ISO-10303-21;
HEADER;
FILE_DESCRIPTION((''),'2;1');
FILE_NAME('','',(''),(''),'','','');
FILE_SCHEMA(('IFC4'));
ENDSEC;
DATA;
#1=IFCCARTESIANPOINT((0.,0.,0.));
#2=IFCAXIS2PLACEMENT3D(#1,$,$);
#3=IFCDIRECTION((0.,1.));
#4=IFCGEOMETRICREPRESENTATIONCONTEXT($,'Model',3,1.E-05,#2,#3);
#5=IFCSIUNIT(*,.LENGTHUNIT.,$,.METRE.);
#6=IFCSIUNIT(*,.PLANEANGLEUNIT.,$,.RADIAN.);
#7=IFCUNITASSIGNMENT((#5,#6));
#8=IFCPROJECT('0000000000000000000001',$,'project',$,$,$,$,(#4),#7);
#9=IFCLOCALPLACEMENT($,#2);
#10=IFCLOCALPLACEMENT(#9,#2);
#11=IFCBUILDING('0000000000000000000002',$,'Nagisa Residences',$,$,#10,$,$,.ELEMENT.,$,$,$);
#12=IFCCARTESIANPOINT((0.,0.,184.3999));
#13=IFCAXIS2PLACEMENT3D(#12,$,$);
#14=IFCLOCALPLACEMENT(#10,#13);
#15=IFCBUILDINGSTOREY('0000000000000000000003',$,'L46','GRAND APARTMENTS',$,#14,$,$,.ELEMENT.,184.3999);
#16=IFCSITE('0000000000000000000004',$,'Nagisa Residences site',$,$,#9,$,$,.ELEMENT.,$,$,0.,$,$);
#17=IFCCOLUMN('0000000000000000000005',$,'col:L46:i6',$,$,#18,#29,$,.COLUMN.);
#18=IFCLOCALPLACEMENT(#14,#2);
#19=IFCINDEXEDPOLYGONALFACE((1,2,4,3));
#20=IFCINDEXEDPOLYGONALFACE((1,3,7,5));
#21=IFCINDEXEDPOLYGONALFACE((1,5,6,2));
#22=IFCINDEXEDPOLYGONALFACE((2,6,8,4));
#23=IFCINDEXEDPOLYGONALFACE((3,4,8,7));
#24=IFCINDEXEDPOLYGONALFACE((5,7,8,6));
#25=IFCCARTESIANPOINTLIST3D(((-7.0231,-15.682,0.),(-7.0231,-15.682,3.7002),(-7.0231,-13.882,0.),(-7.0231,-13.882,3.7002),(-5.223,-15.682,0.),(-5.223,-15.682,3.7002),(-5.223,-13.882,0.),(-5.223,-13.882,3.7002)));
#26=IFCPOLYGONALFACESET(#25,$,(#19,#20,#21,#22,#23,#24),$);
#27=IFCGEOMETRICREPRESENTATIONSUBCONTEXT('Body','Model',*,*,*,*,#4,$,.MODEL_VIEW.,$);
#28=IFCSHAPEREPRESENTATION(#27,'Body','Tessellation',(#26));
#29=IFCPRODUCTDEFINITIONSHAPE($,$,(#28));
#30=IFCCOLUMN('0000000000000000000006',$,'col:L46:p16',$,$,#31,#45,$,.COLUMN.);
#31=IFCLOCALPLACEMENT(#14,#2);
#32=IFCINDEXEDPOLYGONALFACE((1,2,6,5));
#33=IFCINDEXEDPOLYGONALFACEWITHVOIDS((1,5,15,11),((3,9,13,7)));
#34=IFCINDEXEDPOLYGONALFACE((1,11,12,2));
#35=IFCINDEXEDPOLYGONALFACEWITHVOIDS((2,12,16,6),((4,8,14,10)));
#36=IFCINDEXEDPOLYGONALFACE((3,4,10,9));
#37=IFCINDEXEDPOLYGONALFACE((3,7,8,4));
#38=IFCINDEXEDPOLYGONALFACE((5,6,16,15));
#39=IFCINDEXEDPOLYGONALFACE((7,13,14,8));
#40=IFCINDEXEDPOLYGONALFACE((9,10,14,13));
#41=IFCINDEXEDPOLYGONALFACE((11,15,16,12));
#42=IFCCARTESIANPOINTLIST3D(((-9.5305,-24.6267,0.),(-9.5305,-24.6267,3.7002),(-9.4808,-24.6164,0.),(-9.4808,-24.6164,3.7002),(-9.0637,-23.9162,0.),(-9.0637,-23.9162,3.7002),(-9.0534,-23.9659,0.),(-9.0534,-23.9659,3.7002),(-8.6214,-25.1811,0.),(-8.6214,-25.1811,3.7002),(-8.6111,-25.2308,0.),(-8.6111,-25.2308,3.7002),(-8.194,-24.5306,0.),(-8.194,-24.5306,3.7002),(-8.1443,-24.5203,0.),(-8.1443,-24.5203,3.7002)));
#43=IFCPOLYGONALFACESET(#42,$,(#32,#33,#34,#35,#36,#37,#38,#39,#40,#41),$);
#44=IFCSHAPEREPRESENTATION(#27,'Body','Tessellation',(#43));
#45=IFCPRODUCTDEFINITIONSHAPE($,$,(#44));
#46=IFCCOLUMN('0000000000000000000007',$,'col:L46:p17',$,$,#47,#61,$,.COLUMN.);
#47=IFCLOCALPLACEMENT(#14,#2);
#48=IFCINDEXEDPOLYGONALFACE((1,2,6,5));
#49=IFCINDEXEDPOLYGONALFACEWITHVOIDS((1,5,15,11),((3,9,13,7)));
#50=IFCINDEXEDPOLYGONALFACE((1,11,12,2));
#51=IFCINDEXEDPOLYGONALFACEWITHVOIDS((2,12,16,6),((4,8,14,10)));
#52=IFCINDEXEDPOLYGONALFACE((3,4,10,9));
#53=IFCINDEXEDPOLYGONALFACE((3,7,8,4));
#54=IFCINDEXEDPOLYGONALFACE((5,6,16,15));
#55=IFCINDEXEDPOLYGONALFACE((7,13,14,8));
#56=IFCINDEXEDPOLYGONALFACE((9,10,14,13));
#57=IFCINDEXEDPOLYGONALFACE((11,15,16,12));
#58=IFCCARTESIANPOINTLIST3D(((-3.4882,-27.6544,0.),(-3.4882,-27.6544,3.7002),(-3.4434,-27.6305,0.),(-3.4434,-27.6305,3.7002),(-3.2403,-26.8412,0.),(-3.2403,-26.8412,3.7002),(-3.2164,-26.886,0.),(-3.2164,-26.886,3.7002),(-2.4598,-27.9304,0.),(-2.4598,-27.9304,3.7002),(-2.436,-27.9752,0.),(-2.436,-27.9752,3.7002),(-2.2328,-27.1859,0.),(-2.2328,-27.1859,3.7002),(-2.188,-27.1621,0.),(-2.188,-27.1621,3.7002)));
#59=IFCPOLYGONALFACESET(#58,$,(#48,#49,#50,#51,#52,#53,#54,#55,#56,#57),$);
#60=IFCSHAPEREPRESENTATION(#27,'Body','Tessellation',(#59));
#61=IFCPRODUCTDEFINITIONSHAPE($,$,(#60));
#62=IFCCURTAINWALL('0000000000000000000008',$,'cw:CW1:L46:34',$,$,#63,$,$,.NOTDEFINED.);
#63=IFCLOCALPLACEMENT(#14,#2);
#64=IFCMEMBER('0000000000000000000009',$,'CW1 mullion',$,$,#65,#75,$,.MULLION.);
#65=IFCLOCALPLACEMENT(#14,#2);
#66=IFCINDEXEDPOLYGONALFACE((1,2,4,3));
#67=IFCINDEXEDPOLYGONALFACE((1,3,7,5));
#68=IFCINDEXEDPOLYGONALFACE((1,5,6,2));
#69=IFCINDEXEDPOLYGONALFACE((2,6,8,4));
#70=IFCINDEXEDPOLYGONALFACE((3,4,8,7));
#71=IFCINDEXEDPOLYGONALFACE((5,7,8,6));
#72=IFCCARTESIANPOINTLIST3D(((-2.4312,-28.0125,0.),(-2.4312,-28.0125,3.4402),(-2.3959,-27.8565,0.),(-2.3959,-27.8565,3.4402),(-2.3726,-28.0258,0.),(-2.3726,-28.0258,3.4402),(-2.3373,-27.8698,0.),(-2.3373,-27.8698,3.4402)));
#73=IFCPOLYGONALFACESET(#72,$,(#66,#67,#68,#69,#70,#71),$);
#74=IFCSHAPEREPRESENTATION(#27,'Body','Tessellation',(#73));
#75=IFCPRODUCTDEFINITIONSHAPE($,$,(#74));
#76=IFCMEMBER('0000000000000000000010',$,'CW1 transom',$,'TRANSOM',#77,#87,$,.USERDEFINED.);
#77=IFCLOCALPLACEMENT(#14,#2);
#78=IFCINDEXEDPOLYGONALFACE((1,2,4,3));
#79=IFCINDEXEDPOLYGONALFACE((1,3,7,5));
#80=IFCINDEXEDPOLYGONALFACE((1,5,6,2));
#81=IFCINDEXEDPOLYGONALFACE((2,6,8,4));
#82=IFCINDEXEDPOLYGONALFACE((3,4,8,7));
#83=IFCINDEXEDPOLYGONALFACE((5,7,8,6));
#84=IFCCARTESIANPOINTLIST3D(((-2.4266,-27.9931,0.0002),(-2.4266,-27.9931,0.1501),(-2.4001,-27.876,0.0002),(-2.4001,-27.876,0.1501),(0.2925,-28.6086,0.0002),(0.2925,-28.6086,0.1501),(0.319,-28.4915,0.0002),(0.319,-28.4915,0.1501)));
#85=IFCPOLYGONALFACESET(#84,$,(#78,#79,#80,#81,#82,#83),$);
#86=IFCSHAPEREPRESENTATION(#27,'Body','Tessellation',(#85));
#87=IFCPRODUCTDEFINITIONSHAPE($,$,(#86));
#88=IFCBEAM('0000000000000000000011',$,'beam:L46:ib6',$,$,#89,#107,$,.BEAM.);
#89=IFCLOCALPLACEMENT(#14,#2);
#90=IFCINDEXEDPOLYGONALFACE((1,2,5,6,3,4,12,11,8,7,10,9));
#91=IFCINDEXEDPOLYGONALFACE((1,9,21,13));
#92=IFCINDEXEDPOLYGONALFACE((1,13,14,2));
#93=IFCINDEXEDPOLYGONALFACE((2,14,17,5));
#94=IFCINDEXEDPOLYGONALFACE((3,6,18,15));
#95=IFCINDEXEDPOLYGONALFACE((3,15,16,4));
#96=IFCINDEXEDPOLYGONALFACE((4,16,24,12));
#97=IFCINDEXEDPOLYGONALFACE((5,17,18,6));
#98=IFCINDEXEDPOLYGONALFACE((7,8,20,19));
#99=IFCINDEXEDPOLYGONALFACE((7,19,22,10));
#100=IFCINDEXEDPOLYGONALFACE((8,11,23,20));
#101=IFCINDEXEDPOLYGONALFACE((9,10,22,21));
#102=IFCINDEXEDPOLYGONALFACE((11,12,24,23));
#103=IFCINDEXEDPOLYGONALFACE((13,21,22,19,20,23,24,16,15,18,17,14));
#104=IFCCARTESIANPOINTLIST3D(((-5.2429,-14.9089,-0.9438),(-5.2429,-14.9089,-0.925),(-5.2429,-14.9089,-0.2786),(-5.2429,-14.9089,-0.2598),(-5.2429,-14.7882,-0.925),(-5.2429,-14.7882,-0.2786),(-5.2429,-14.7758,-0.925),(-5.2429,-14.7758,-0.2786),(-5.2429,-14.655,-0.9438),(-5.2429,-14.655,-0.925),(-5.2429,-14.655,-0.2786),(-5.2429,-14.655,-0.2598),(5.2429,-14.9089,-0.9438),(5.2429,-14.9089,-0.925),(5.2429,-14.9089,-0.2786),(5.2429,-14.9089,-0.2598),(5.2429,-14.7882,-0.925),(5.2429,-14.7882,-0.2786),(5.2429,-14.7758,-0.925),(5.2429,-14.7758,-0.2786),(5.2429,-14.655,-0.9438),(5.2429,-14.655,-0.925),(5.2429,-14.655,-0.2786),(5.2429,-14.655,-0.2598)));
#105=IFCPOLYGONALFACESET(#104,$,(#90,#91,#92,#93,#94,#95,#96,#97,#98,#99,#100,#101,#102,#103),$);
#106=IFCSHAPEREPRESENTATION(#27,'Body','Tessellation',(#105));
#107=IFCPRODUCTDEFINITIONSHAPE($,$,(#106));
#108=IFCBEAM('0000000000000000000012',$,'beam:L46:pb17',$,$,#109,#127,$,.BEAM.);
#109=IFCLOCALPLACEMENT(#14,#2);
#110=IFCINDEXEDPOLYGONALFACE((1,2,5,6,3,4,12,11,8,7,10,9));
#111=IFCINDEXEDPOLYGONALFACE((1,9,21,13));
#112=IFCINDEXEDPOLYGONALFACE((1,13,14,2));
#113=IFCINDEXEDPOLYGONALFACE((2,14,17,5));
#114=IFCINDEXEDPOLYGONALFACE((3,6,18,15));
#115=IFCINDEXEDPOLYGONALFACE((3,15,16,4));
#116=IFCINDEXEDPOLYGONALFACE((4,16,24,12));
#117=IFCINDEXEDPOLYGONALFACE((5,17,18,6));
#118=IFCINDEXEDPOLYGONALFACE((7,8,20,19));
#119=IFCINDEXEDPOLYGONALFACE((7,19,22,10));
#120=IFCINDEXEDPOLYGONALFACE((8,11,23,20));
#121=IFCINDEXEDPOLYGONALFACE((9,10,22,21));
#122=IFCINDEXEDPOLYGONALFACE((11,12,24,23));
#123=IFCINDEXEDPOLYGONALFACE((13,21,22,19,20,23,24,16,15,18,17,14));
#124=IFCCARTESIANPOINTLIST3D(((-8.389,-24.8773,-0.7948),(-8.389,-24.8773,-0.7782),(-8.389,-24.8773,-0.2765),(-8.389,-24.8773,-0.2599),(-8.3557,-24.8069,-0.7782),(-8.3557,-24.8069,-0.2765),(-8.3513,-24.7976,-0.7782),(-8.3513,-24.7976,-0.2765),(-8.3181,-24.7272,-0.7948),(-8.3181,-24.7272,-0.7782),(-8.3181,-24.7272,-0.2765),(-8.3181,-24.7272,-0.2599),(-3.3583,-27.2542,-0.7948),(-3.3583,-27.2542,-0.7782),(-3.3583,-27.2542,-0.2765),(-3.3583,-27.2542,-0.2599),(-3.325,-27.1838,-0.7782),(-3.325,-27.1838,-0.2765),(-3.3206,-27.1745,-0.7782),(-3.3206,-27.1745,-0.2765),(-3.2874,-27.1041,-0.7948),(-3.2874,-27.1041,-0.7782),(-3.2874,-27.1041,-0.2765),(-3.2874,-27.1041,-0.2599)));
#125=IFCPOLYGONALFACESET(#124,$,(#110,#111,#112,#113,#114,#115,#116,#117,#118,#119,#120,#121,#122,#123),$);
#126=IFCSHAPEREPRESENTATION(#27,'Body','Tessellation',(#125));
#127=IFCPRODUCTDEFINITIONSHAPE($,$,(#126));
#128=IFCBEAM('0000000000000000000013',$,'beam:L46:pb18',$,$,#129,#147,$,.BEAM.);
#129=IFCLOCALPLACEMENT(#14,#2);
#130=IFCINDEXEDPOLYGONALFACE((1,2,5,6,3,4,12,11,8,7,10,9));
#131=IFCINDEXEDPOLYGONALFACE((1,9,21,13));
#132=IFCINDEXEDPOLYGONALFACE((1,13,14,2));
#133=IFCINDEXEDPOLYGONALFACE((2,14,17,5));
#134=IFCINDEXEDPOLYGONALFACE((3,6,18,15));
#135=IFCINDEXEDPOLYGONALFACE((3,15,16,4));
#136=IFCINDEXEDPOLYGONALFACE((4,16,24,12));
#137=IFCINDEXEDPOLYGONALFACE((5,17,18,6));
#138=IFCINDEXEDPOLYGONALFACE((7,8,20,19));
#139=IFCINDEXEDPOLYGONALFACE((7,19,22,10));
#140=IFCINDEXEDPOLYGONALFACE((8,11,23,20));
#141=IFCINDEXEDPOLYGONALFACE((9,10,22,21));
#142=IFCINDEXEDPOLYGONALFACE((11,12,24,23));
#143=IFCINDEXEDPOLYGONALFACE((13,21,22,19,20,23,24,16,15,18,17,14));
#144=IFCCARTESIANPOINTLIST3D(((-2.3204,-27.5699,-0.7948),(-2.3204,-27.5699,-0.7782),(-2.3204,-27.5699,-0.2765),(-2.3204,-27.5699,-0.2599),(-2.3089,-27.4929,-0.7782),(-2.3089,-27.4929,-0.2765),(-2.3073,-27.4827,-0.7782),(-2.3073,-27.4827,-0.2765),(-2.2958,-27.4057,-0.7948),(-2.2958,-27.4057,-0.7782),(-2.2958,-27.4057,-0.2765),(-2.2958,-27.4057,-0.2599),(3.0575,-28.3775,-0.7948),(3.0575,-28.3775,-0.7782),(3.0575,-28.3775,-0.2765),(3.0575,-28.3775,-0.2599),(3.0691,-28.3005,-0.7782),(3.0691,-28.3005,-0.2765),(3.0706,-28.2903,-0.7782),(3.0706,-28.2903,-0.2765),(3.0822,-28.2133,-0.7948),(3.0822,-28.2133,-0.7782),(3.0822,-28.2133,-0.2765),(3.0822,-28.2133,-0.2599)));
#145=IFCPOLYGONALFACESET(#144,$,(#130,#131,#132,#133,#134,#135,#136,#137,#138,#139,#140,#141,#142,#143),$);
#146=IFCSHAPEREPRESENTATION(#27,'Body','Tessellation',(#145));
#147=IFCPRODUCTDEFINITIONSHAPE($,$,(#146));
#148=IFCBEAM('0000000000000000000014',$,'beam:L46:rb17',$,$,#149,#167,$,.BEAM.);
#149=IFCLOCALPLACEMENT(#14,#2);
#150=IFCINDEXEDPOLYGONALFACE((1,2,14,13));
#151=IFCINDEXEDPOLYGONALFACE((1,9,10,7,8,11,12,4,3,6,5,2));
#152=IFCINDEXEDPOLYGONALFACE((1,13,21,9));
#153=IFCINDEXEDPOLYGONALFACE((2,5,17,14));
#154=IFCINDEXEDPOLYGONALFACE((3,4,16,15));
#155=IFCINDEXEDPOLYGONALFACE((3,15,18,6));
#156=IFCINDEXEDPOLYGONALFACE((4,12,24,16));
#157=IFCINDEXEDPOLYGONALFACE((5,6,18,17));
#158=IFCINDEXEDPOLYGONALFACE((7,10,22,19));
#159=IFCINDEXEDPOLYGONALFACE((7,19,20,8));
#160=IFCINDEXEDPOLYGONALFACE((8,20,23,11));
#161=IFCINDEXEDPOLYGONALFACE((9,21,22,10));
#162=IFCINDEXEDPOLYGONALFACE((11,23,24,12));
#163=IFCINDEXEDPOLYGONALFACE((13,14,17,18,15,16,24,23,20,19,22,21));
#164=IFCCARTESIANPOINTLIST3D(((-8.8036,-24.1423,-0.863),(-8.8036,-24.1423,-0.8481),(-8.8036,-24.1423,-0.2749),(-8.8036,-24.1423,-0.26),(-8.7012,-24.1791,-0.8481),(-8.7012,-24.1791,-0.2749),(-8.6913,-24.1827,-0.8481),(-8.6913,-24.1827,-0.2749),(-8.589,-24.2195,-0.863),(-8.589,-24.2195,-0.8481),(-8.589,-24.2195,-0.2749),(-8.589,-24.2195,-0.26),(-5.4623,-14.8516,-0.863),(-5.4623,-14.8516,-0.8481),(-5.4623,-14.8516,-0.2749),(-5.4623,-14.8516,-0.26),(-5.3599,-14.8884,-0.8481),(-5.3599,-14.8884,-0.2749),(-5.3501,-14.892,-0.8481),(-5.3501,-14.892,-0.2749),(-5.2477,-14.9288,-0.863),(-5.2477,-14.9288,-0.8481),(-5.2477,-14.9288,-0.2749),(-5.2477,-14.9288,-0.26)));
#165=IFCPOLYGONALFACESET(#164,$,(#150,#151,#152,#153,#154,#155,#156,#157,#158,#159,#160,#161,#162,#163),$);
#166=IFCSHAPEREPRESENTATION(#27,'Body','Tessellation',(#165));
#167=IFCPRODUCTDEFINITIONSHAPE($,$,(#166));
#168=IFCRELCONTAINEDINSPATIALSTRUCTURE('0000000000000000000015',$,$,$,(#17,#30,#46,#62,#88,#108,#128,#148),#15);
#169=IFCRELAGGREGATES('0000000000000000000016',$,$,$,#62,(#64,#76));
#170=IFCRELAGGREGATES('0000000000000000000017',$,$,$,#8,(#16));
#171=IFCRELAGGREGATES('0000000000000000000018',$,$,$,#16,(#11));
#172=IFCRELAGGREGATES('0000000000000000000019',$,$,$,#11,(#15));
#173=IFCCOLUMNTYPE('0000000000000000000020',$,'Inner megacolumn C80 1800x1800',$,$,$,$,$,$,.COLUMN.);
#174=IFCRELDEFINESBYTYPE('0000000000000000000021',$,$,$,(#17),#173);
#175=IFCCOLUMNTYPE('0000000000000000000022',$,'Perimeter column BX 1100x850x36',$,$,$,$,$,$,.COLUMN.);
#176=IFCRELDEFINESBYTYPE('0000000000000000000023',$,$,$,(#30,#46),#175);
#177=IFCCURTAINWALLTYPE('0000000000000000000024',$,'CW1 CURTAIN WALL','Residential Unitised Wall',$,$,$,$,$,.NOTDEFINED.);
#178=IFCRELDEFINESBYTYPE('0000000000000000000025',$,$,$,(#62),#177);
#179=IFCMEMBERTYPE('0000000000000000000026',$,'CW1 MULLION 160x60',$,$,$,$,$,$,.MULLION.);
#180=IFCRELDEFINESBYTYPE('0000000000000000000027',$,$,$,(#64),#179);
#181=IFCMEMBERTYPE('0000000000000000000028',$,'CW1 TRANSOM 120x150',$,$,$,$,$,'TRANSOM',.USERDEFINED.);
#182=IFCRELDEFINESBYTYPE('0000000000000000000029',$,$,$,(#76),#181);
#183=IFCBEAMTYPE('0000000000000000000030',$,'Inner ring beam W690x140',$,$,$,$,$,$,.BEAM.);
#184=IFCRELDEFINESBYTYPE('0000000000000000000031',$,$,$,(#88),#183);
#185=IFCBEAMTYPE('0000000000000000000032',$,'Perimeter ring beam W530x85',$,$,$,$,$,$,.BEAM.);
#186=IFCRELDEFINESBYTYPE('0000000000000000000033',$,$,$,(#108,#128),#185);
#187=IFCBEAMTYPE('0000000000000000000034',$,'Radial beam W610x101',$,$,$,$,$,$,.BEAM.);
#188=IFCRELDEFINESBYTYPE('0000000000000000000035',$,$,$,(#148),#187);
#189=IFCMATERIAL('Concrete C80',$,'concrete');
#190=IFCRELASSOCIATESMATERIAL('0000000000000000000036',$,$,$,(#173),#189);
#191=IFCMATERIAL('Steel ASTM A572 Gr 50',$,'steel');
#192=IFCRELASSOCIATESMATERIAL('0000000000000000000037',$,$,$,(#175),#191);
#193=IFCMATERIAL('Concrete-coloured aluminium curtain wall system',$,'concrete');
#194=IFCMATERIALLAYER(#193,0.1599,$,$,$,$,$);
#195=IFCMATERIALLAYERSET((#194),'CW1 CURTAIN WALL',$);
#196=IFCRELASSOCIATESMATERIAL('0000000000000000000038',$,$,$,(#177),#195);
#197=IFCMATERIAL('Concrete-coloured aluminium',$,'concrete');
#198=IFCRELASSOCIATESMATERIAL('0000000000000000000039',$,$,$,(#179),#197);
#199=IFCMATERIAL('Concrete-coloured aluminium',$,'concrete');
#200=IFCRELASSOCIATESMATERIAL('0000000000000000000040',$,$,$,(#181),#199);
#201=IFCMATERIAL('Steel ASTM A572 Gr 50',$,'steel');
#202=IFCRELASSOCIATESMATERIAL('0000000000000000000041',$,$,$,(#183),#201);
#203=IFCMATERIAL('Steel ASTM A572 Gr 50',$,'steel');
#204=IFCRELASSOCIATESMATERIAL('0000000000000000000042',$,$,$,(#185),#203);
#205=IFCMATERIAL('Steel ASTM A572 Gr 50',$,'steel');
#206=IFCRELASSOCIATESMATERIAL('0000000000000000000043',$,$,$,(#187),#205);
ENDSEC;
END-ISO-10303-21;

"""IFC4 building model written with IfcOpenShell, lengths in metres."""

from ifc_helpers import new_model, si_unit, direction, frame, origin, origin_2d, place, context, subcontext, project, spatial, rectangle, hollow_rectangle, i_section, extrude, material, layer, layer_set, material_profile, profile_set, type_object, element, aggregate, save


model = new_model("IFC4")

# Units and contexts
model_context = context("Model", 3, precision=1e-05, world=origin(), true_north=direction((0.0, 1.0)))
body_context = subcontext(model_context, "Body", "Model", "MODEL_VIEW")
ifc_project = project(units=[si_unit("LENGTHUNIT", "METRE"), si_unit("PLANEANGLEUNIT", "RADIAN")], contexts=[model_context])

# Site, building, storey
site_placement = place(None, origin())
site = spatial("IfcSite", under=ifc_project, at=site_placement, Name="Nagisa Residences site", CompositionType="ELEMENT", RefElevation=0.0)
building_placement = place(site_placement, origin())
building = spatial("IfcBuilding", under=site, at=building_placement, Name="Nagisa Residences", CompositionType="ELEMENT")
storey_placement = place(building_placement, frame((0.0, 0.0, 184.3999)))
storey = spatial("IfcBuildingStorey", under=building, at=storey_placement, Name="L46", Description="GRAND APARTMENTS", CompositionType="ELEMENT", Elevation=184.3999)

# Columns
ifc_material_1 = material(Name="Concrete C80", Category="concrete")
ifc_material_profile_1 = material_profile(ifc_material_1, rectangle(XDim=1.8, YDim=1.8, at=origin_2d()), Name="C80 1800x1800")
ifc_profile_set_1 = profile_set([ifc_material_profile_1], Name="Concrete C80")
column_type_1 = type_object("IfcColumnType", Name="Inner megacolumn C80 1800x1800", PredefinedType="COLUMN", material=ifc_profile_set_1)
column_placement = place(storey_placement, frame((-6.123, -14.782, 0.0), z_axis=(0.0, 0.0, 1.0), x_axis=(1.0, 0.0, 0.0)))
element("IfcColumn", 1, at=column_placement, inside=storey, type_object=column_type_1, Name="col:L46:i6", PredefinedType="COLUMN", context=body_context, shape_type="SweptSolid", body=[
    extrude(rectangle(XDim=1.8, YDim=1.8, at=origin_2d()), origin(), (0.0, 0.0, 1.0), 3.7002),
])
ifc_material_2 = material(Name="Steel ASTM A572 Gr 50", Category="steel")
ifc_material_profile_2 = material_profile(ifc_material_2, hollow_rectangle(XDim=1.1001, YDim=0.8501, WallThickness=0.0359, at=origin_2d()), Name="BX 1100x850x36")
ifc_profile_set_2 = profile_set([ifc_material_profile_2], Name="Steel ASTM A572 Gr 50")
column_type_2 = type_object("IfcColumnType", Name="Perimeter column BX 1100x850x36", PredefinedType="COLUMN", material=ifc_profile_set_2)
for number, where, z_axis, x_axis, name in (
    (2, (-8.8374, -24.5735, 0.0), (0.0, 0.0, 1.0), (0.835766, -0.549086, 0.0), "col:L46:p16"),
    (3, (-2.8381, -27.4082, 0.0), (0.0, 0.0, 1.0), (0.956525, -0.291652, 0.0), "col:L46:p17"),
):
    element("IfcColumn", number, at=place(storey_placement, frame(where, z_axis=z_axis, x_axis=x_axis)), inside=storey, type_object=column_type_2, Name=name, PredefinedType="COLUMN", context=body_context, shape_type="SweptSolid", body=[
        extrude(hollow_rectangle(XDim=1.1001, YDim=0.8501, WallThickness=0.0359, at=origin_2d()), origin(), (0.0, 0.0, 1.0), 3.7002),
    ])

# Curtain wall, members
ifc_material_3 = material(Name="Concrete-coloured aluminium curtain wall system", Category="concrete")
ifc_layer_1 = layer(ifc_material_3, 0.1599)
ifc_layer_set_1 = layer_set([ifc_layer_1], Name="CW1 CURTAIN WALL")
curtain_wall_type = type_object("IfcCurtainWallType", Name="CW1 CURTAIN WALL", Description="Residential Unitised Wall", PredefinedType="NOTDEFINED", material=ifc_layer_set_1)
curtain_wall_placement = place(storey_placement, origin())
curtain_wall = element("IfcCurtainWall", 4, at=curtain_wall_placement, inside=storey, type_object=curtain_wall_type, Name="cw:CW1:L46:34", PredefinedType="NOTDEFINED")
ifc_material_4 = material(Name="Concrete-coloured aluminium", Category="concrete")
ifc_material_profile_3 = material_profile(ifc_material_4, rectangle(XDim=0.1599, YDim=0.0601, at=origin_2d()), Name="CW1 MULLION 160x60")
ifc_profile_set_3 = profile_set([ifc_material_profile_3], Name="Concrete-coloured aluminium")
member_type_1 = type_object("IfcMemberType", Name="CW1 MULLION 160x60", PredefinedType="MULLION", material=ifc_profile_set_3)
member_1_placement = place(storey_placement, frame((-2.3843, -27.9412, 0.0), z_axis=(0.0, 0.0, 1.0), x_axis=(0.220764, 0.975327, 0.0)))
member_1 = element("IfcMember", 5, at=member_1_placement, type_object=member_type_1, Name="CW1 mullion", PredefinedType="MULLION", context=body_context, shape_type="SweptSolid", body=[
    extrude(rectangle(XDim=0.1599, YDim=0.0601, at=origin_2d()), origin(), (0.0, 0.0, 1.0), 3.4402),
])
ifc_material_5 = material(Name="Concrete-coloured aluminium", Category="concrete")
ifc_material_profile_4 = material_profile(ifc_material_5, rectangle(XDim=0.1201, YDim=0.1499, at=origin_2d()), Name="CW1 TRANSOM 120x150")
ifc_profile_set_4 = profile_set([ifc_material_profile_4], Name="Concrete-coloured aluminium")
member_type_2 = type_object("IfcMemberType", Name="CW1 TRANSOM 120x150", ElementType="TRANSOM", PredefinedType="USERDEFINED", material=ifc_profile_set_4)
member_2_placement = place(storey_placement, frame((-2.4133, -27.9346, 0.0752), z_axis=(0.975324, -0.220777, 0.0), x_axis=(0.220777, 0.975324, 0.0)))
member_2 = element("IfcMember", 6, at=member_2_placement, type_object=member_type_2, Name="CW1 transom", ObjectType="TRANSOM", PredefinedType="USERDEFINED", context=body_context, shape_type="SweptSolid", body=[
    extrude(rectangle(XDim=0.1201, YDim=0.1499, at=origin_2d()), origin(), (0.0, 0.0, 1.0), 2.7878),
])

# Beams
ifc_material_6 = material(Name="Steel ASTM A572 Gr 50", Category="steel")
ifc_material_profile_5 = material_profile(ifc_material_6, i_section(OverallWidth=0.2539, OverallDepth=0.6841, WebThickness=0.0125, FlangeThickness=0.0188, at=origin_2d()), Name="W690x140")
ifc_profile_set_5 = profile_set([ifc_material_profile_5], Name="Steel ASTM A572 Gr 50")
beam_type_1 = type_object("IfcBeamType", Name="Inner ring beam W690x140", PredefinedType="BEAM", material=ifc_profile_set_5)
beam_1_placement = place(storey_placement, frame((-5.2429, -14.782, -0.6018), z_axis=(1.0, 0.0, 0.0), x_axis=(0.0, 1.0, 0.0)))
element("IfcBeam", 7, at=beam_1_placement, inside=storey, type_object=beam_type_1, Name="beam:L46:ib6", PredefinedType="BEAM", context=body_context, shape_type="SweptSolid", body=[
    extrude(i_section(OverallWidth=0.2539, OverallDepth=0.6841, WebThickness=0.0125, FlangeThickness=0.0188, at=origin_2d()), origin(), (0.0, 0.0, 1.0), 10.4858),
])
ifc_material_7 = material(Name="Steel ASTM A572 Gr 50", Category="steel")
ifc_material_profile_6 = material_profile(ifc_material_7, i_section(OverallWidth=0.166, OverallDepth=0.5349, WebThickness=0.0103, FlangeThickness=0.0166, at=origin_2d()), Name="W530x85")
ifc_profile_set_6 = profile_set([ifc_material_profile_6], Name="Steel ASTM A572 Gr 50")
beam_type_2 = type_object("IfcBeamType", Name="Perimeter ring beam W530x85", PredefinedType="BEAM", material=ifc_profile_set_6)
beam_2_placement = place(storey_placement, frame((-8.3535, -24.8022, -0.5273), z_axis=(0.904157, -0.4272, 0.0), x_axis=(0.4272, 0.904157, 0.0)))
element("IfcBeam", 8, at=beam_2_placement, inside=storey, type_object=beam_type_2, Name="beam:L46:pb17", PredefinedType="BEAM", context=body_context, shape_type="SweptSolid", body=[
    extrude(i_section(OverallWidth=0.166, OverallDepth=0.5349, WebThickness=0.0103, FlangeThickness=0.0166, at=origin_2d()), origin(), (0.0, 0.0, 1.0), 5.564),
])
beam_3_placement = place(storey_placement, frame((-2.3081, -27.4878, -0.5273), z_axis=(0.988911, -0.148507, 0.0), x_axis=(0.148507, 0.988911, 0.0)))
element("IfcBeam", 9, at=beam_3_placement, inside=storey, type_object=beam_type_2, Name="beam:L46:pb18", PredefinedType="BEAM", context=body_context, shape_type="SweptSolid", body=[
    extrude(i_section(OverallWidth=0.166, OverallDepth=0.5349, WebThickness=0.0103, FlangeThickness=0.0166, at=origin_2d()), origin(), (0.0, 0.0, 1.0), 5.4382),
])
ifc_material_8 = material(Name="Steel ASTM A572 Gr 50", Category="steel")
ifc_material_profile_7 = material_profile(ifc_material_8, i_section(OverallWidth=0.228, OverallDepth=0.603, WebThickness=0.0105, FlangeThickness=0.0149, at=origin_2d()), Name="W610x101")
ifc_profile_set_7 = profile_set([ifc_material_profile_7], Name="Steel ASTM A572 Gr 50")
beam_type_3 = type_object("IfcBeamType", Name="Radial beam W610x101", PredefinedType="BEAM", material=ifc_profile_set_7)
beam_4_placement = place(storey_placement, frame((-8.6963, -24.1809, -0.5615), z_axis=(0.338417, 0.940996, 0.0), x_axis=(-0.940996, 0.338417, 0.0)))
element("IfcBeam", 10, at=beam_4_placement, inside=storey, type_object=beam_type_3, Name="beam:L46:rb17", PredefinedType="BEAM", context=body_context, shape_type="SweptSolid", body=[
    extrude(i_section(OverallWidth=0.228, OverallDepth=0.603, WebThickness=0.0105, FlangeThickness=0.0149, at=origin_2d()), origin(), (0.0, 0.0, 1.0), 9.8733),
])

aggregate(curtain_wall, [member_1, member_2])

save(model, "model.ifc")
